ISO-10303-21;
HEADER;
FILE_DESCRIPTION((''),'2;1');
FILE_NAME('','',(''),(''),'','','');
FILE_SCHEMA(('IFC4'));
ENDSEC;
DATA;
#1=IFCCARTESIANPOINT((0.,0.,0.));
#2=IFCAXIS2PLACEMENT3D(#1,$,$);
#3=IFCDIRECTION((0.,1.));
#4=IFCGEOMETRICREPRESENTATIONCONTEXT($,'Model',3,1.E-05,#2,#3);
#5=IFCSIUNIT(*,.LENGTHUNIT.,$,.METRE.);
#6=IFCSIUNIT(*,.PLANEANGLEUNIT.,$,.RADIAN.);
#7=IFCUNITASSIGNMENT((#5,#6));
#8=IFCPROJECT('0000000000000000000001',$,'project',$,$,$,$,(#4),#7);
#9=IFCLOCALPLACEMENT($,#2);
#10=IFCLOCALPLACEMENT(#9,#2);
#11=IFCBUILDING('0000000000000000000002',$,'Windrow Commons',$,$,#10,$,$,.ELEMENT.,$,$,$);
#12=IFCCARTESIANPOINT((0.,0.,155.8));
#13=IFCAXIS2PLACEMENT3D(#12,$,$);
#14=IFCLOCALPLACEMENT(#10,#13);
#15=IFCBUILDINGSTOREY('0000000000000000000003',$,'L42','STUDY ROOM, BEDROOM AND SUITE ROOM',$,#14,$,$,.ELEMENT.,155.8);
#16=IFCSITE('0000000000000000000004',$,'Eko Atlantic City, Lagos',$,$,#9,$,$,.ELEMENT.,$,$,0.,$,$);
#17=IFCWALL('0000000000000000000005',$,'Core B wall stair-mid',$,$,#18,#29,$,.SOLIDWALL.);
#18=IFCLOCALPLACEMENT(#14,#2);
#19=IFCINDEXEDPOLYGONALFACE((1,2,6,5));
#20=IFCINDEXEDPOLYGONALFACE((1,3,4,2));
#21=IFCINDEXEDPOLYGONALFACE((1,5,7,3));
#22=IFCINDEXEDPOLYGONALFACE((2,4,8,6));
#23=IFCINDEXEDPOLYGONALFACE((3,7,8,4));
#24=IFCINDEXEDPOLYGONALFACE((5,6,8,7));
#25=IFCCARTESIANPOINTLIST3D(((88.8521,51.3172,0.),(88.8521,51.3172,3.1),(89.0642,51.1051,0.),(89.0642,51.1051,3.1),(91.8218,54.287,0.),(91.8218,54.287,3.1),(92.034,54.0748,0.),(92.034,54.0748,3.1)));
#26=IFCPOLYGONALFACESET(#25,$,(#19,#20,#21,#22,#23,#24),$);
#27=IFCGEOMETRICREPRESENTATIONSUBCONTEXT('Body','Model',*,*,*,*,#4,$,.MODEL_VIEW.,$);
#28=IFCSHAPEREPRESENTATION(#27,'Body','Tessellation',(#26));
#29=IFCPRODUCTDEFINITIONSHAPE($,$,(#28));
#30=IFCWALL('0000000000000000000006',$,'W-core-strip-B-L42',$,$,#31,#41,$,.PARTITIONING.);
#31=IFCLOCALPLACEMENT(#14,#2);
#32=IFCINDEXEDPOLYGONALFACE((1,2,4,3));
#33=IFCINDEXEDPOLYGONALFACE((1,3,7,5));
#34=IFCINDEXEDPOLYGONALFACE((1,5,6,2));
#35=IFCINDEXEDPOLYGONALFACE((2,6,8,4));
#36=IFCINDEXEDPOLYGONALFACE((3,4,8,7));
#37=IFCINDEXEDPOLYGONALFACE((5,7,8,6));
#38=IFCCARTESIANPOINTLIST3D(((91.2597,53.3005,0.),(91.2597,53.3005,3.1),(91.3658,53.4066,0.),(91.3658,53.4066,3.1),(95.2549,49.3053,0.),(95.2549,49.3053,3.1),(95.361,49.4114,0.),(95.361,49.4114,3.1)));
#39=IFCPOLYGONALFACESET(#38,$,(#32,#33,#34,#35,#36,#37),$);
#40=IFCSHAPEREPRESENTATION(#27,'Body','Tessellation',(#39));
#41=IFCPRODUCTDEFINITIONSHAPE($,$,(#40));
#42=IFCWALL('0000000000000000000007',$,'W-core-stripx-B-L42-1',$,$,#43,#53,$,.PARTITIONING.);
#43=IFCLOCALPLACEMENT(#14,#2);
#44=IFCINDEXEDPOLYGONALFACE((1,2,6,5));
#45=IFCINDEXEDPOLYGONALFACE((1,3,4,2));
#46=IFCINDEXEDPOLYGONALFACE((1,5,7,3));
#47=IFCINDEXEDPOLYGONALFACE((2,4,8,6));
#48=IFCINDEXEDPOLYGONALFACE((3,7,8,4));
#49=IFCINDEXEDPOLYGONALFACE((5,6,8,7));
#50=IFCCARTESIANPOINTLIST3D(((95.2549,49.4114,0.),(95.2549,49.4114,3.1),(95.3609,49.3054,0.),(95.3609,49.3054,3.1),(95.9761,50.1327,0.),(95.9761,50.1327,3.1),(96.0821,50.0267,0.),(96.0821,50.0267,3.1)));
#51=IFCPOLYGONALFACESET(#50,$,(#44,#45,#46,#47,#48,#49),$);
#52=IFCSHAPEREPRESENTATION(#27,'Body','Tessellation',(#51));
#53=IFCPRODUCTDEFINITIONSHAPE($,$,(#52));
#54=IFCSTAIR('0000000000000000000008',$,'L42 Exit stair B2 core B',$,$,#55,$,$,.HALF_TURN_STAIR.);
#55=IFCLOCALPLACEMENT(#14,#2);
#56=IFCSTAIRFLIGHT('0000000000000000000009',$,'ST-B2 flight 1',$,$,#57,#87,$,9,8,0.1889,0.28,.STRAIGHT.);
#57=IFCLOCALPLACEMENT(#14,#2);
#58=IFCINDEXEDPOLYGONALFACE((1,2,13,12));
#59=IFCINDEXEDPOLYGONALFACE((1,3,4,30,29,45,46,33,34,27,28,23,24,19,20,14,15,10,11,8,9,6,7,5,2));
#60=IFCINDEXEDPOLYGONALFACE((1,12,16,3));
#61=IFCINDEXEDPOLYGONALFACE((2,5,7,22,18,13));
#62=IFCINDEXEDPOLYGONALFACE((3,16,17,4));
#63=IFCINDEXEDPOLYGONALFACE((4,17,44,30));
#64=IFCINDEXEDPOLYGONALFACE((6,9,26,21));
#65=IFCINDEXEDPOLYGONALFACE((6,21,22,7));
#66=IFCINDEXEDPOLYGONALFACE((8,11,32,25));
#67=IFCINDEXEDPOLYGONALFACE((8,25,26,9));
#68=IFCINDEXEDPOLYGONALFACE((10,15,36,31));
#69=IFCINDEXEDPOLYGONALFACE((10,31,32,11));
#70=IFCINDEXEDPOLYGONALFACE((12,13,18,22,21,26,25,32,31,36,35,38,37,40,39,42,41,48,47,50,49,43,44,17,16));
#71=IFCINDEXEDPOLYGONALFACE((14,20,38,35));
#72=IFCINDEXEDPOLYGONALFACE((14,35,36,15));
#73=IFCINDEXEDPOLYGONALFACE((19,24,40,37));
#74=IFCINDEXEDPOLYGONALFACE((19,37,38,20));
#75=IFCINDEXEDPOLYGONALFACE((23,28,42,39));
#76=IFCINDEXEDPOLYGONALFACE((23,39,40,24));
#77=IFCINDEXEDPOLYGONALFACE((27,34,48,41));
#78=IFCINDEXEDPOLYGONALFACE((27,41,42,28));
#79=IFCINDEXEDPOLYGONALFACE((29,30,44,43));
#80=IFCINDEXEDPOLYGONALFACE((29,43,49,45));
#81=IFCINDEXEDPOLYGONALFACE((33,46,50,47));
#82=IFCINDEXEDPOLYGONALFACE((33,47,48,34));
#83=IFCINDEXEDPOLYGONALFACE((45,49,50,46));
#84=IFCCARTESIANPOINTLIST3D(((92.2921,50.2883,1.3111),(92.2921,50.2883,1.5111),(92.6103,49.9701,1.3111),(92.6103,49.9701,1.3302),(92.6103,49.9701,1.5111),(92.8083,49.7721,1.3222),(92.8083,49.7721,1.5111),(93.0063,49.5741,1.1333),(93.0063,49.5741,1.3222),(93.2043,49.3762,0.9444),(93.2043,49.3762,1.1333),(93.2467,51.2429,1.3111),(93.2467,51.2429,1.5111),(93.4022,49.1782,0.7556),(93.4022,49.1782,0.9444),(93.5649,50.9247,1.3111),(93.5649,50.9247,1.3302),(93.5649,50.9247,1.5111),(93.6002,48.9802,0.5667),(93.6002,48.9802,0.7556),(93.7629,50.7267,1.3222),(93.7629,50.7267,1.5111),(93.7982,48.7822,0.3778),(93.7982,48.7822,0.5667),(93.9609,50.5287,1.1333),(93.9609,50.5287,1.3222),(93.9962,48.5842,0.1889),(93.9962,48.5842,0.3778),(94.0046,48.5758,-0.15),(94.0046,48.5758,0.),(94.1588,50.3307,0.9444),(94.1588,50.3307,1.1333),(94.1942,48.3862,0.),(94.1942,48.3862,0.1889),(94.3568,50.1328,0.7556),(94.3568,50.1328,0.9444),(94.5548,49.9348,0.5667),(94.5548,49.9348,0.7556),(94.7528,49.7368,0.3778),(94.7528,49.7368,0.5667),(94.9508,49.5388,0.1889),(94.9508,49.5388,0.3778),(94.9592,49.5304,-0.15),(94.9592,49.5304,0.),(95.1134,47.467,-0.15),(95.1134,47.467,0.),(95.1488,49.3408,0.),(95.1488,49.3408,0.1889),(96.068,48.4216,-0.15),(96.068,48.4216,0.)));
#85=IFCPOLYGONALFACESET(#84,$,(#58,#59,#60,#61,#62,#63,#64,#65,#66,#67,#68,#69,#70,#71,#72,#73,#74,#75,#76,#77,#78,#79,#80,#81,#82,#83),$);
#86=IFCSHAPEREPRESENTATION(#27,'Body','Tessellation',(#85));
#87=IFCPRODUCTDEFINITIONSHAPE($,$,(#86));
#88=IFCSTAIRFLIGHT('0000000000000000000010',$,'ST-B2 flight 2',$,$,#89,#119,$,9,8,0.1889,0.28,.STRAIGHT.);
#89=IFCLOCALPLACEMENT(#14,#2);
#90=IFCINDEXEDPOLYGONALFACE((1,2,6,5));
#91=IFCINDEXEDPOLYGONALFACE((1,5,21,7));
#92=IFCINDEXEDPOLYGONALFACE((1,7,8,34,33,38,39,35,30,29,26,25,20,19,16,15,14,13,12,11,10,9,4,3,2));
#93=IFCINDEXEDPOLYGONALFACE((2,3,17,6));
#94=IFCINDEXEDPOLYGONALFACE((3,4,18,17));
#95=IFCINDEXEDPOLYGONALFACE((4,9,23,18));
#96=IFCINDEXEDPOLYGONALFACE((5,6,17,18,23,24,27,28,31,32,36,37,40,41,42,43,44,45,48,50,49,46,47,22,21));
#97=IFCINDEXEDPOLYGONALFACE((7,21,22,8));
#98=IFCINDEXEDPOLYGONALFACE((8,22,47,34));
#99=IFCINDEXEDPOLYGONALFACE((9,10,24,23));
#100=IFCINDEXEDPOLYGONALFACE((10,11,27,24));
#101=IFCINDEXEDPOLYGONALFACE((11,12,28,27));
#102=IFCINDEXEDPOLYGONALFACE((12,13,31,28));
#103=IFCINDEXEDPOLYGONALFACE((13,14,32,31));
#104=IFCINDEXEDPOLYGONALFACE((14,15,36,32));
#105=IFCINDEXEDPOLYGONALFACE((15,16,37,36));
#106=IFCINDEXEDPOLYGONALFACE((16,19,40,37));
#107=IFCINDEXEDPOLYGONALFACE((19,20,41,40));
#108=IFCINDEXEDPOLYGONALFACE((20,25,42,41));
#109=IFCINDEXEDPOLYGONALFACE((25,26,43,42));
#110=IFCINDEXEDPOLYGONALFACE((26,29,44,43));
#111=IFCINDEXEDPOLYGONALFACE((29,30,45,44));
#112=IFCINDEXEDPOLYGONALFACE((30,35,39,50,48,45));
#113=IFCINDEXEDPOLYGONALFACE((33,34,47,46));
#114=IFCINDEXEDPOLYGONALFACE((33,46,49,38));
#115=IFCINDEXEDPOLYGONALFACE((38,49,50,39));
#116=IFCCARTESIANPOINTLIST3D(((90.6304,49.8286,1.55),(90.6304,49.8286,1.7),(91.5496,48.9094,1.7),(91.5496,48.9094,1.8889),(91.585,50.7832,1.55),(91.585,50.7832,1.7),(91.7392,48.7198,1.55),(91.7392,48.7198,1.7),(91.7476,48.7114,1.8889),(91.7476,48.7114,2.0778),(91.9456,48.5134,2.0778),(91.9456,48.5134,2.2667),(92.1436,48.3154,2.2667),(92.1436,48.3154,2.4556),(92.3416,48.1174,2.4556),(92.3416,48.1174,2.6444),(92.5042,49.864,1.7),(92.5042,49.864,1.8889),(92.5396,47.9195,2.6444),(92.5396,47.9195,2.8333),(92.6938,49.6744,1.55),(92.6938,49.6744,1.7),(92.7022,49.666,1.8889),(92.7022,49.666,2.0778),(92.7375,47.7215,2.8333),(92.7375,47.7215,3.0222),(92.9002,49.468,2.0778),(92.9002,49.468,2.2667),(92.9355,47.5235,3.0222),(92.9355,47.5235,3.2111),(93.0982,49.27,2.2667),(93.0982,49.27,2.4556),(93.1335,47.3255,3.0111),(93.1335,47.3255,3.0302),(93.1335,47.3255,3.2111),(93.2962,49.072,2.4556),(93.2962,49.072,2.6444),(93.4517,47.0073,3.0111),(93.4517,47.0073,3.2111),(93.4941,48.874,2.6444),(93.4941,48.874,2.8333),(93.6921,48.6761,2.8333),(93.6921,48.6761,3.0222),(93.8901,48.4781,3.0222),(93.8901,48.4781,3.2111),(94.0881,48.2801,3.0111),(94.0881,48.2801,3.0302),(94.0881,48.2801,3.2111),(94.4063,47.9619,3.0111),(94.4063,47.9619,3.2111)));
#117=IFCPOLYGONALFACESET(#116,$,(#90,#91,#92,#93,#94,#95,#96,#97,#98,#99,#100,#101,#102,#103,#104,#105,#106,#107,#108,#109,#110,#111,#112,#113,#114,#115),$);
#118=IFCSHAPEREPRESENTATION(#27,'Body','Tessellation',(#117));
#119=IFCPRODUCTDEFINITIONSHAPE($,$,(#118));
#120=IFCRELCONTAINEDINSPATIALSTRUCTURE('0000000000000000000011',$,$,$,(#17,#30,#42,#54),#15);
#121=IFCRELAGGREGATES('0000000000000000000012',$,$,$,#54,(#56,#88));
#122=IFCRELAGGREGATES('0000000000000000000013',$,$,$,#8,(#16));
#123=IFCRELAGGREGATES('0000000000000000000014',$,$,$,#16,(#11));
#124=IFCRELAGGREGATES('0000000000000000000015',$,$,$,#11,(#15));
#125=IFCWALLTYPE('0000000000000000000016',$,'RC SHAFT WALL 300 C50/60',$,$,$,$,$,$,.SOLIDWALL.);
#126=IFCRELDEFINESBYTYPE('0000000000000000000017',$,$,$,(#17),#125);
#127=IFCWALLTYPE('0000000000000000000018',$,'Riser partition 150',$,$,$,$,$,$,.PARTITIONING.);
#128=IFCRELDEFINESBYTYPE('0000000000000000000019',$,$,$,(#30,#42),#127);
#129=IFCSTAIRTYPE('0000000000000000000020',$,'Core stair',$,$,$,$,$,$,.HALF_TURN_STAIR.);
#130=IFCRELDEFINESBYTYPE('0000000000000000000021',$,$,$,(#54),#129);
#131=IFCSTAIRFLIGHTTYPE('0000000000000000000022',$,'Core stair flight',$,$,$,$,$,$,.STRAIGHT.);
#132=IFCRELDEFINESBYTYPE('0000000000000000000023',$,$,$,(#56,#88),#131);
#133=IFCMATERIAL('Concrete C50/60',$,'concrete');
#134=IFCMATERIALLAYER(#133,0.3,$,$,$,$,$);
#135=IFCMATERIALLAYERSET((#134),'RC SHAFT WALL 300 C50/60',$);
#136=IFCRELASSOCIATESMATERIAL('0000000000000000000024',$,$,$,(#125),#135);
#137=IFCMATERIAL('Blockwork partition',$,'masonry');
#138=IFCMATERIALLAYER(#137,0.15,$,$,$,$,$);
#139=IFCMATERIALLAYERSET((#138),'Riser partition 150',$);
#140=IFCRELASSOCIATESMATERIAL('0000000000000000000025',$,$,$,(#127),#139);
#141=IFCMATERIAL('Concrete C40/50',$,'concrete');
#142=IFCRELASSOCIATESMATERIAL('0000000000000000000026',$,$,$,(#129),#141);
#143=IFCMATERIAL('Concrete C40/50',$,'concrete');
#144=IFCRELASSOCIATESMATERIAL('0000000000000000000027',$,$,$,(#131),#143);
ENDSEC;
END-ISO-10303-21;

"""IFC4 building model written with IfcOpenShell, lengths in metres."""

from ifc_helpers import new_model, si_unit, direction, frame, frame_2d, origin, place, context, subcontext, project, spatial, polyline, rectangle, outline, extrude, material, layer, layer_set, type_object, element, aggregate, save


model = new_model("IFC4")

# Units and contexts
model_context = context("Model", 3, precision=1e-05, world=origin(), true_north=direction((0.0, 1.0)))
body_context = subcontext(model_context, "Body", "Model", "MODEL_VIEW")
ifc_project = project(units=[si_unit("LENGTHUNIT", "METRE"), si_unit("PLANEANGLEUNIT", "RADIAN")], contexts=[model_context])

# Site, building, storey
site_placement = place(None, origin())
site = spatial("IfcSite", under=ifc_project, at=site_placement, Name="Eko Atlantic City, Lagos", CompositionType="ELEMENT", RefElevation=0.0)
building_placement = place(site_placement, origin())
building = spatial("IfcBuilding", under=site, at=building_placement, Name="Windrow Commons", CompositionType="ELEMENT")
storey_placement = place(building_placement, frame((0.0, 0.0, 155.8)))
storey = spatial("IfcBuildingStorey", under=building, at=storey_placement, Name="L42", Description="STUDY ROOM, BEDROOM AND SUITE ROOM", CompositionType="ELEMENT", Elevation=155.8)

# Shared definitions
ifc_material_1 = material(Name="Concrete C50/60", Category="concrete")
ifc_layer_1 = layer(ifc_material_1, 0.3)
ifc_layer_set_1 = layer_set([ifc_layer_1], Name="RC SHAFT WALL 300 C50/60")
wall_type_1 = type_object("IfcWallType", Name="RC SHAFT WALL 300 C50/60", PredefinedType="SOLIDWALL", material=ifc_layer_set_1)

# Walls
wall_1_placement = place(storey_placement, frame((88.9581, 51.2111, 0.0), z_axis=(0.0, 0.0, 1.0), x_axis=(0.707107, 0.707107, 0.0)))
element("IfcWall", 1, at=wall_1_placement, inside=storey, type_object=wall_type_1, Name="Core B wall stair-mid", PredefinedType="SOLIDWALL", context=body_context, shape_type="SweptSolid", body=[
    extrude(rectangle(XDim=4.1999, YDim=0.3, at=frame_2d((2.1, 0.0))), origin(), (0.0, 0.0, 1.0), 3.1),
])
ifc_material_2 = material(Name="Blockwork partition", Category="masonry")
ifc_layer_2 = layer(ifc_material_2, 0.15)
ifc_layer_set_2 = layer_set([ifc_layer_2], Name="Riser partition 150")
wall_type_2 = type_object("IfcWallType", Name="Riser partition 150", PredefinedType="PARTITIONING", material=ifc_layer_set_2)
wall_2_placement = place(storey_placement, frame((91.3127, 53.3536, 0.0), z_axis=(0.0, 0.0, 1.0), x_axis=(0.707107, -0.707107, 0.0)))
element("IfcWall", 2, at=wall_2_placement, inside=storey, type_object=wall_type_2, Name="W-core-strip-B-L42", PredefinedType="PARTITIONING", context=body_context, shape_type="SweptSolid", body=[
    extrude(rectangle(XDim=5.6501, YDim=0.15, at=frame_2d((2.8251, 0.0))), origin(), (0.0, 0.0, 1.0), 3.1),
])
wall_3_placement = place(storey_placement, frame((95.3079, 49.3584, 0.0), z_axis=(0.0, 0.0, 1.0), x_axis=(0.707058, 0.707156, 0.0)))
element("IfcWall", 3, at=wall_3_placement, inside=storey, type_object=wall_type_2, Name="W-core-stripx-B-L42-1", PredefinedType="PARTITIONING", context=body_context, shape_type="SweptSolid", body=[
    extrude(rectangle(XDim=1.02, YDim=0.15, at=frame_2d((0.51, 0.0))), origin(), (0.0, 0.0, 1.0), 3.1),
])

# Stair, stair flights
ifc_material_3 = material(Name="Concrete C40/50", Category="concrete")
stair_type = type_object("IfcStairType", Name="Core stair", PredefinedType="HALF_TURN_STAIR", material=ifc_material_3)
stair_placement = place(storey_placement, origin())
stair = element("IfcStair", 4, at=stair_placement, inside=storey, type_object=stair_type, Name="L42 Exit stair B2 core B", PredefinedType="HALF_TURN_STAIR")
ifc_material_4 = material(Name="Concrete C40/50", Category="concrete")
stair_flight_type = type_object("IfcStairFlightType", Name="Core stair flight", PredefinedType="STRAIGHT", material=ifc_material_4)
stair_flight_1_placement = place(storey_placement, frame((94.6715, 48.8635, 0.0), z_axis=(0.0, 0.0, 1.0), x_axis=(-0.707107, 0.707107, 0.0)))
stair_flight_1 = element("IfcStairFlight", 5, at=stair_flight_1_placement, type_object=stair_flight_type, Name="ST-B2 flight 1", NumberOfRisers=9, NumberOfTreads=8, PredefinedType="STRAIGHT", RiserHeight=0.1889, TreadLength=0.28, context=body_context, shape_type="SweptSolid", body=[
    extrude(outline(polyline([(-1.3, -0.15), (-1.3, 0.0), (0.0, 0.0), (0.0, 0.1889), (0.28, 0.1889), (0.28, 0.3778), (0.56, 0.3778), (0.56, 0.5667), (0.84, 0.5667), (0.84, 0.7556), (1.12, 0.7556), (1.12, 0.9444), (1.4, 0.9444), (1.4, 1.1333), (1.68, 1.1333), (1.68, 1.3222), (1.96, 1.3222), (1.96, 1.5111), (2.24, 1.5111), (2.69, 1.5111), (2.69, 1.3111), (2.24, 1.3111), (2.24, 1.3302), (0.2682, 0.0), (0.2682, -0.15), (-1.3, -0.15)])), frame((0.0, 0.675, 0.0), z_axis=(0.0, -1.0, 0.0), x_axis=(1.0, 0.0, 0.0)), (0.0, 0.0, 1.0), 1.35),
])
stair_flight_2_placement = place(storey_placement, frame((92.0269, 49.3867, 1.7), z_axis=(0.0, 0.0, 1.0), x_axis=(0.707107, -0.707107, 0.0)))
stair_flight_2 = element("IfcStairFlight", 6, at=stair_flight_2_placement, type_object=stair_flight_type, Name="ST-B2 flight 2", NumberOfRisers=9, NumberOfTreads=8, PredefinedType="STRAIGHT", RiserHeight=0.1889, TreadLength=0.28, context=body_context, shape_type="SweptSolid", body=[
    extrude(outline(polyline([(-1.3, -0.15), (-1.3, 0.0), (0.0, 0.0), (0.0, 0.1889), (0.28, 0.1889), (0.28, 0.3778), (0.56, 0.3778), (0.56, 0.5667), (0.84, 0.5667), (0.84, 0.7556), (1.12, 0.7556), (1.12, 0.9444), (1.4, 0.9444), (1.4, 1.1333), (1.68, 1.1333), (1.68, 1.3222), (1.96, 1.3222), (1.96, 1.5111), (2.24, 1.5111), (2.69, 1.5111), (2.69, 1.3111), (2.24, 1.3111), (2.24, 1.3302), (0.2682, 0.0), (0.2682, -0.15), (-1.3, -0.15)])), frame((0.0, 0.675, 0.0), z_axis=(0.0, -1.0, 0.0), x_axis=(1.0, 0.0, 0.0)), (0.0, 0.0, 1.0), 1.35),
])
aggregate(stair, [stair_flight_1, stair_flight_2])

save(model, "model.ifc")
